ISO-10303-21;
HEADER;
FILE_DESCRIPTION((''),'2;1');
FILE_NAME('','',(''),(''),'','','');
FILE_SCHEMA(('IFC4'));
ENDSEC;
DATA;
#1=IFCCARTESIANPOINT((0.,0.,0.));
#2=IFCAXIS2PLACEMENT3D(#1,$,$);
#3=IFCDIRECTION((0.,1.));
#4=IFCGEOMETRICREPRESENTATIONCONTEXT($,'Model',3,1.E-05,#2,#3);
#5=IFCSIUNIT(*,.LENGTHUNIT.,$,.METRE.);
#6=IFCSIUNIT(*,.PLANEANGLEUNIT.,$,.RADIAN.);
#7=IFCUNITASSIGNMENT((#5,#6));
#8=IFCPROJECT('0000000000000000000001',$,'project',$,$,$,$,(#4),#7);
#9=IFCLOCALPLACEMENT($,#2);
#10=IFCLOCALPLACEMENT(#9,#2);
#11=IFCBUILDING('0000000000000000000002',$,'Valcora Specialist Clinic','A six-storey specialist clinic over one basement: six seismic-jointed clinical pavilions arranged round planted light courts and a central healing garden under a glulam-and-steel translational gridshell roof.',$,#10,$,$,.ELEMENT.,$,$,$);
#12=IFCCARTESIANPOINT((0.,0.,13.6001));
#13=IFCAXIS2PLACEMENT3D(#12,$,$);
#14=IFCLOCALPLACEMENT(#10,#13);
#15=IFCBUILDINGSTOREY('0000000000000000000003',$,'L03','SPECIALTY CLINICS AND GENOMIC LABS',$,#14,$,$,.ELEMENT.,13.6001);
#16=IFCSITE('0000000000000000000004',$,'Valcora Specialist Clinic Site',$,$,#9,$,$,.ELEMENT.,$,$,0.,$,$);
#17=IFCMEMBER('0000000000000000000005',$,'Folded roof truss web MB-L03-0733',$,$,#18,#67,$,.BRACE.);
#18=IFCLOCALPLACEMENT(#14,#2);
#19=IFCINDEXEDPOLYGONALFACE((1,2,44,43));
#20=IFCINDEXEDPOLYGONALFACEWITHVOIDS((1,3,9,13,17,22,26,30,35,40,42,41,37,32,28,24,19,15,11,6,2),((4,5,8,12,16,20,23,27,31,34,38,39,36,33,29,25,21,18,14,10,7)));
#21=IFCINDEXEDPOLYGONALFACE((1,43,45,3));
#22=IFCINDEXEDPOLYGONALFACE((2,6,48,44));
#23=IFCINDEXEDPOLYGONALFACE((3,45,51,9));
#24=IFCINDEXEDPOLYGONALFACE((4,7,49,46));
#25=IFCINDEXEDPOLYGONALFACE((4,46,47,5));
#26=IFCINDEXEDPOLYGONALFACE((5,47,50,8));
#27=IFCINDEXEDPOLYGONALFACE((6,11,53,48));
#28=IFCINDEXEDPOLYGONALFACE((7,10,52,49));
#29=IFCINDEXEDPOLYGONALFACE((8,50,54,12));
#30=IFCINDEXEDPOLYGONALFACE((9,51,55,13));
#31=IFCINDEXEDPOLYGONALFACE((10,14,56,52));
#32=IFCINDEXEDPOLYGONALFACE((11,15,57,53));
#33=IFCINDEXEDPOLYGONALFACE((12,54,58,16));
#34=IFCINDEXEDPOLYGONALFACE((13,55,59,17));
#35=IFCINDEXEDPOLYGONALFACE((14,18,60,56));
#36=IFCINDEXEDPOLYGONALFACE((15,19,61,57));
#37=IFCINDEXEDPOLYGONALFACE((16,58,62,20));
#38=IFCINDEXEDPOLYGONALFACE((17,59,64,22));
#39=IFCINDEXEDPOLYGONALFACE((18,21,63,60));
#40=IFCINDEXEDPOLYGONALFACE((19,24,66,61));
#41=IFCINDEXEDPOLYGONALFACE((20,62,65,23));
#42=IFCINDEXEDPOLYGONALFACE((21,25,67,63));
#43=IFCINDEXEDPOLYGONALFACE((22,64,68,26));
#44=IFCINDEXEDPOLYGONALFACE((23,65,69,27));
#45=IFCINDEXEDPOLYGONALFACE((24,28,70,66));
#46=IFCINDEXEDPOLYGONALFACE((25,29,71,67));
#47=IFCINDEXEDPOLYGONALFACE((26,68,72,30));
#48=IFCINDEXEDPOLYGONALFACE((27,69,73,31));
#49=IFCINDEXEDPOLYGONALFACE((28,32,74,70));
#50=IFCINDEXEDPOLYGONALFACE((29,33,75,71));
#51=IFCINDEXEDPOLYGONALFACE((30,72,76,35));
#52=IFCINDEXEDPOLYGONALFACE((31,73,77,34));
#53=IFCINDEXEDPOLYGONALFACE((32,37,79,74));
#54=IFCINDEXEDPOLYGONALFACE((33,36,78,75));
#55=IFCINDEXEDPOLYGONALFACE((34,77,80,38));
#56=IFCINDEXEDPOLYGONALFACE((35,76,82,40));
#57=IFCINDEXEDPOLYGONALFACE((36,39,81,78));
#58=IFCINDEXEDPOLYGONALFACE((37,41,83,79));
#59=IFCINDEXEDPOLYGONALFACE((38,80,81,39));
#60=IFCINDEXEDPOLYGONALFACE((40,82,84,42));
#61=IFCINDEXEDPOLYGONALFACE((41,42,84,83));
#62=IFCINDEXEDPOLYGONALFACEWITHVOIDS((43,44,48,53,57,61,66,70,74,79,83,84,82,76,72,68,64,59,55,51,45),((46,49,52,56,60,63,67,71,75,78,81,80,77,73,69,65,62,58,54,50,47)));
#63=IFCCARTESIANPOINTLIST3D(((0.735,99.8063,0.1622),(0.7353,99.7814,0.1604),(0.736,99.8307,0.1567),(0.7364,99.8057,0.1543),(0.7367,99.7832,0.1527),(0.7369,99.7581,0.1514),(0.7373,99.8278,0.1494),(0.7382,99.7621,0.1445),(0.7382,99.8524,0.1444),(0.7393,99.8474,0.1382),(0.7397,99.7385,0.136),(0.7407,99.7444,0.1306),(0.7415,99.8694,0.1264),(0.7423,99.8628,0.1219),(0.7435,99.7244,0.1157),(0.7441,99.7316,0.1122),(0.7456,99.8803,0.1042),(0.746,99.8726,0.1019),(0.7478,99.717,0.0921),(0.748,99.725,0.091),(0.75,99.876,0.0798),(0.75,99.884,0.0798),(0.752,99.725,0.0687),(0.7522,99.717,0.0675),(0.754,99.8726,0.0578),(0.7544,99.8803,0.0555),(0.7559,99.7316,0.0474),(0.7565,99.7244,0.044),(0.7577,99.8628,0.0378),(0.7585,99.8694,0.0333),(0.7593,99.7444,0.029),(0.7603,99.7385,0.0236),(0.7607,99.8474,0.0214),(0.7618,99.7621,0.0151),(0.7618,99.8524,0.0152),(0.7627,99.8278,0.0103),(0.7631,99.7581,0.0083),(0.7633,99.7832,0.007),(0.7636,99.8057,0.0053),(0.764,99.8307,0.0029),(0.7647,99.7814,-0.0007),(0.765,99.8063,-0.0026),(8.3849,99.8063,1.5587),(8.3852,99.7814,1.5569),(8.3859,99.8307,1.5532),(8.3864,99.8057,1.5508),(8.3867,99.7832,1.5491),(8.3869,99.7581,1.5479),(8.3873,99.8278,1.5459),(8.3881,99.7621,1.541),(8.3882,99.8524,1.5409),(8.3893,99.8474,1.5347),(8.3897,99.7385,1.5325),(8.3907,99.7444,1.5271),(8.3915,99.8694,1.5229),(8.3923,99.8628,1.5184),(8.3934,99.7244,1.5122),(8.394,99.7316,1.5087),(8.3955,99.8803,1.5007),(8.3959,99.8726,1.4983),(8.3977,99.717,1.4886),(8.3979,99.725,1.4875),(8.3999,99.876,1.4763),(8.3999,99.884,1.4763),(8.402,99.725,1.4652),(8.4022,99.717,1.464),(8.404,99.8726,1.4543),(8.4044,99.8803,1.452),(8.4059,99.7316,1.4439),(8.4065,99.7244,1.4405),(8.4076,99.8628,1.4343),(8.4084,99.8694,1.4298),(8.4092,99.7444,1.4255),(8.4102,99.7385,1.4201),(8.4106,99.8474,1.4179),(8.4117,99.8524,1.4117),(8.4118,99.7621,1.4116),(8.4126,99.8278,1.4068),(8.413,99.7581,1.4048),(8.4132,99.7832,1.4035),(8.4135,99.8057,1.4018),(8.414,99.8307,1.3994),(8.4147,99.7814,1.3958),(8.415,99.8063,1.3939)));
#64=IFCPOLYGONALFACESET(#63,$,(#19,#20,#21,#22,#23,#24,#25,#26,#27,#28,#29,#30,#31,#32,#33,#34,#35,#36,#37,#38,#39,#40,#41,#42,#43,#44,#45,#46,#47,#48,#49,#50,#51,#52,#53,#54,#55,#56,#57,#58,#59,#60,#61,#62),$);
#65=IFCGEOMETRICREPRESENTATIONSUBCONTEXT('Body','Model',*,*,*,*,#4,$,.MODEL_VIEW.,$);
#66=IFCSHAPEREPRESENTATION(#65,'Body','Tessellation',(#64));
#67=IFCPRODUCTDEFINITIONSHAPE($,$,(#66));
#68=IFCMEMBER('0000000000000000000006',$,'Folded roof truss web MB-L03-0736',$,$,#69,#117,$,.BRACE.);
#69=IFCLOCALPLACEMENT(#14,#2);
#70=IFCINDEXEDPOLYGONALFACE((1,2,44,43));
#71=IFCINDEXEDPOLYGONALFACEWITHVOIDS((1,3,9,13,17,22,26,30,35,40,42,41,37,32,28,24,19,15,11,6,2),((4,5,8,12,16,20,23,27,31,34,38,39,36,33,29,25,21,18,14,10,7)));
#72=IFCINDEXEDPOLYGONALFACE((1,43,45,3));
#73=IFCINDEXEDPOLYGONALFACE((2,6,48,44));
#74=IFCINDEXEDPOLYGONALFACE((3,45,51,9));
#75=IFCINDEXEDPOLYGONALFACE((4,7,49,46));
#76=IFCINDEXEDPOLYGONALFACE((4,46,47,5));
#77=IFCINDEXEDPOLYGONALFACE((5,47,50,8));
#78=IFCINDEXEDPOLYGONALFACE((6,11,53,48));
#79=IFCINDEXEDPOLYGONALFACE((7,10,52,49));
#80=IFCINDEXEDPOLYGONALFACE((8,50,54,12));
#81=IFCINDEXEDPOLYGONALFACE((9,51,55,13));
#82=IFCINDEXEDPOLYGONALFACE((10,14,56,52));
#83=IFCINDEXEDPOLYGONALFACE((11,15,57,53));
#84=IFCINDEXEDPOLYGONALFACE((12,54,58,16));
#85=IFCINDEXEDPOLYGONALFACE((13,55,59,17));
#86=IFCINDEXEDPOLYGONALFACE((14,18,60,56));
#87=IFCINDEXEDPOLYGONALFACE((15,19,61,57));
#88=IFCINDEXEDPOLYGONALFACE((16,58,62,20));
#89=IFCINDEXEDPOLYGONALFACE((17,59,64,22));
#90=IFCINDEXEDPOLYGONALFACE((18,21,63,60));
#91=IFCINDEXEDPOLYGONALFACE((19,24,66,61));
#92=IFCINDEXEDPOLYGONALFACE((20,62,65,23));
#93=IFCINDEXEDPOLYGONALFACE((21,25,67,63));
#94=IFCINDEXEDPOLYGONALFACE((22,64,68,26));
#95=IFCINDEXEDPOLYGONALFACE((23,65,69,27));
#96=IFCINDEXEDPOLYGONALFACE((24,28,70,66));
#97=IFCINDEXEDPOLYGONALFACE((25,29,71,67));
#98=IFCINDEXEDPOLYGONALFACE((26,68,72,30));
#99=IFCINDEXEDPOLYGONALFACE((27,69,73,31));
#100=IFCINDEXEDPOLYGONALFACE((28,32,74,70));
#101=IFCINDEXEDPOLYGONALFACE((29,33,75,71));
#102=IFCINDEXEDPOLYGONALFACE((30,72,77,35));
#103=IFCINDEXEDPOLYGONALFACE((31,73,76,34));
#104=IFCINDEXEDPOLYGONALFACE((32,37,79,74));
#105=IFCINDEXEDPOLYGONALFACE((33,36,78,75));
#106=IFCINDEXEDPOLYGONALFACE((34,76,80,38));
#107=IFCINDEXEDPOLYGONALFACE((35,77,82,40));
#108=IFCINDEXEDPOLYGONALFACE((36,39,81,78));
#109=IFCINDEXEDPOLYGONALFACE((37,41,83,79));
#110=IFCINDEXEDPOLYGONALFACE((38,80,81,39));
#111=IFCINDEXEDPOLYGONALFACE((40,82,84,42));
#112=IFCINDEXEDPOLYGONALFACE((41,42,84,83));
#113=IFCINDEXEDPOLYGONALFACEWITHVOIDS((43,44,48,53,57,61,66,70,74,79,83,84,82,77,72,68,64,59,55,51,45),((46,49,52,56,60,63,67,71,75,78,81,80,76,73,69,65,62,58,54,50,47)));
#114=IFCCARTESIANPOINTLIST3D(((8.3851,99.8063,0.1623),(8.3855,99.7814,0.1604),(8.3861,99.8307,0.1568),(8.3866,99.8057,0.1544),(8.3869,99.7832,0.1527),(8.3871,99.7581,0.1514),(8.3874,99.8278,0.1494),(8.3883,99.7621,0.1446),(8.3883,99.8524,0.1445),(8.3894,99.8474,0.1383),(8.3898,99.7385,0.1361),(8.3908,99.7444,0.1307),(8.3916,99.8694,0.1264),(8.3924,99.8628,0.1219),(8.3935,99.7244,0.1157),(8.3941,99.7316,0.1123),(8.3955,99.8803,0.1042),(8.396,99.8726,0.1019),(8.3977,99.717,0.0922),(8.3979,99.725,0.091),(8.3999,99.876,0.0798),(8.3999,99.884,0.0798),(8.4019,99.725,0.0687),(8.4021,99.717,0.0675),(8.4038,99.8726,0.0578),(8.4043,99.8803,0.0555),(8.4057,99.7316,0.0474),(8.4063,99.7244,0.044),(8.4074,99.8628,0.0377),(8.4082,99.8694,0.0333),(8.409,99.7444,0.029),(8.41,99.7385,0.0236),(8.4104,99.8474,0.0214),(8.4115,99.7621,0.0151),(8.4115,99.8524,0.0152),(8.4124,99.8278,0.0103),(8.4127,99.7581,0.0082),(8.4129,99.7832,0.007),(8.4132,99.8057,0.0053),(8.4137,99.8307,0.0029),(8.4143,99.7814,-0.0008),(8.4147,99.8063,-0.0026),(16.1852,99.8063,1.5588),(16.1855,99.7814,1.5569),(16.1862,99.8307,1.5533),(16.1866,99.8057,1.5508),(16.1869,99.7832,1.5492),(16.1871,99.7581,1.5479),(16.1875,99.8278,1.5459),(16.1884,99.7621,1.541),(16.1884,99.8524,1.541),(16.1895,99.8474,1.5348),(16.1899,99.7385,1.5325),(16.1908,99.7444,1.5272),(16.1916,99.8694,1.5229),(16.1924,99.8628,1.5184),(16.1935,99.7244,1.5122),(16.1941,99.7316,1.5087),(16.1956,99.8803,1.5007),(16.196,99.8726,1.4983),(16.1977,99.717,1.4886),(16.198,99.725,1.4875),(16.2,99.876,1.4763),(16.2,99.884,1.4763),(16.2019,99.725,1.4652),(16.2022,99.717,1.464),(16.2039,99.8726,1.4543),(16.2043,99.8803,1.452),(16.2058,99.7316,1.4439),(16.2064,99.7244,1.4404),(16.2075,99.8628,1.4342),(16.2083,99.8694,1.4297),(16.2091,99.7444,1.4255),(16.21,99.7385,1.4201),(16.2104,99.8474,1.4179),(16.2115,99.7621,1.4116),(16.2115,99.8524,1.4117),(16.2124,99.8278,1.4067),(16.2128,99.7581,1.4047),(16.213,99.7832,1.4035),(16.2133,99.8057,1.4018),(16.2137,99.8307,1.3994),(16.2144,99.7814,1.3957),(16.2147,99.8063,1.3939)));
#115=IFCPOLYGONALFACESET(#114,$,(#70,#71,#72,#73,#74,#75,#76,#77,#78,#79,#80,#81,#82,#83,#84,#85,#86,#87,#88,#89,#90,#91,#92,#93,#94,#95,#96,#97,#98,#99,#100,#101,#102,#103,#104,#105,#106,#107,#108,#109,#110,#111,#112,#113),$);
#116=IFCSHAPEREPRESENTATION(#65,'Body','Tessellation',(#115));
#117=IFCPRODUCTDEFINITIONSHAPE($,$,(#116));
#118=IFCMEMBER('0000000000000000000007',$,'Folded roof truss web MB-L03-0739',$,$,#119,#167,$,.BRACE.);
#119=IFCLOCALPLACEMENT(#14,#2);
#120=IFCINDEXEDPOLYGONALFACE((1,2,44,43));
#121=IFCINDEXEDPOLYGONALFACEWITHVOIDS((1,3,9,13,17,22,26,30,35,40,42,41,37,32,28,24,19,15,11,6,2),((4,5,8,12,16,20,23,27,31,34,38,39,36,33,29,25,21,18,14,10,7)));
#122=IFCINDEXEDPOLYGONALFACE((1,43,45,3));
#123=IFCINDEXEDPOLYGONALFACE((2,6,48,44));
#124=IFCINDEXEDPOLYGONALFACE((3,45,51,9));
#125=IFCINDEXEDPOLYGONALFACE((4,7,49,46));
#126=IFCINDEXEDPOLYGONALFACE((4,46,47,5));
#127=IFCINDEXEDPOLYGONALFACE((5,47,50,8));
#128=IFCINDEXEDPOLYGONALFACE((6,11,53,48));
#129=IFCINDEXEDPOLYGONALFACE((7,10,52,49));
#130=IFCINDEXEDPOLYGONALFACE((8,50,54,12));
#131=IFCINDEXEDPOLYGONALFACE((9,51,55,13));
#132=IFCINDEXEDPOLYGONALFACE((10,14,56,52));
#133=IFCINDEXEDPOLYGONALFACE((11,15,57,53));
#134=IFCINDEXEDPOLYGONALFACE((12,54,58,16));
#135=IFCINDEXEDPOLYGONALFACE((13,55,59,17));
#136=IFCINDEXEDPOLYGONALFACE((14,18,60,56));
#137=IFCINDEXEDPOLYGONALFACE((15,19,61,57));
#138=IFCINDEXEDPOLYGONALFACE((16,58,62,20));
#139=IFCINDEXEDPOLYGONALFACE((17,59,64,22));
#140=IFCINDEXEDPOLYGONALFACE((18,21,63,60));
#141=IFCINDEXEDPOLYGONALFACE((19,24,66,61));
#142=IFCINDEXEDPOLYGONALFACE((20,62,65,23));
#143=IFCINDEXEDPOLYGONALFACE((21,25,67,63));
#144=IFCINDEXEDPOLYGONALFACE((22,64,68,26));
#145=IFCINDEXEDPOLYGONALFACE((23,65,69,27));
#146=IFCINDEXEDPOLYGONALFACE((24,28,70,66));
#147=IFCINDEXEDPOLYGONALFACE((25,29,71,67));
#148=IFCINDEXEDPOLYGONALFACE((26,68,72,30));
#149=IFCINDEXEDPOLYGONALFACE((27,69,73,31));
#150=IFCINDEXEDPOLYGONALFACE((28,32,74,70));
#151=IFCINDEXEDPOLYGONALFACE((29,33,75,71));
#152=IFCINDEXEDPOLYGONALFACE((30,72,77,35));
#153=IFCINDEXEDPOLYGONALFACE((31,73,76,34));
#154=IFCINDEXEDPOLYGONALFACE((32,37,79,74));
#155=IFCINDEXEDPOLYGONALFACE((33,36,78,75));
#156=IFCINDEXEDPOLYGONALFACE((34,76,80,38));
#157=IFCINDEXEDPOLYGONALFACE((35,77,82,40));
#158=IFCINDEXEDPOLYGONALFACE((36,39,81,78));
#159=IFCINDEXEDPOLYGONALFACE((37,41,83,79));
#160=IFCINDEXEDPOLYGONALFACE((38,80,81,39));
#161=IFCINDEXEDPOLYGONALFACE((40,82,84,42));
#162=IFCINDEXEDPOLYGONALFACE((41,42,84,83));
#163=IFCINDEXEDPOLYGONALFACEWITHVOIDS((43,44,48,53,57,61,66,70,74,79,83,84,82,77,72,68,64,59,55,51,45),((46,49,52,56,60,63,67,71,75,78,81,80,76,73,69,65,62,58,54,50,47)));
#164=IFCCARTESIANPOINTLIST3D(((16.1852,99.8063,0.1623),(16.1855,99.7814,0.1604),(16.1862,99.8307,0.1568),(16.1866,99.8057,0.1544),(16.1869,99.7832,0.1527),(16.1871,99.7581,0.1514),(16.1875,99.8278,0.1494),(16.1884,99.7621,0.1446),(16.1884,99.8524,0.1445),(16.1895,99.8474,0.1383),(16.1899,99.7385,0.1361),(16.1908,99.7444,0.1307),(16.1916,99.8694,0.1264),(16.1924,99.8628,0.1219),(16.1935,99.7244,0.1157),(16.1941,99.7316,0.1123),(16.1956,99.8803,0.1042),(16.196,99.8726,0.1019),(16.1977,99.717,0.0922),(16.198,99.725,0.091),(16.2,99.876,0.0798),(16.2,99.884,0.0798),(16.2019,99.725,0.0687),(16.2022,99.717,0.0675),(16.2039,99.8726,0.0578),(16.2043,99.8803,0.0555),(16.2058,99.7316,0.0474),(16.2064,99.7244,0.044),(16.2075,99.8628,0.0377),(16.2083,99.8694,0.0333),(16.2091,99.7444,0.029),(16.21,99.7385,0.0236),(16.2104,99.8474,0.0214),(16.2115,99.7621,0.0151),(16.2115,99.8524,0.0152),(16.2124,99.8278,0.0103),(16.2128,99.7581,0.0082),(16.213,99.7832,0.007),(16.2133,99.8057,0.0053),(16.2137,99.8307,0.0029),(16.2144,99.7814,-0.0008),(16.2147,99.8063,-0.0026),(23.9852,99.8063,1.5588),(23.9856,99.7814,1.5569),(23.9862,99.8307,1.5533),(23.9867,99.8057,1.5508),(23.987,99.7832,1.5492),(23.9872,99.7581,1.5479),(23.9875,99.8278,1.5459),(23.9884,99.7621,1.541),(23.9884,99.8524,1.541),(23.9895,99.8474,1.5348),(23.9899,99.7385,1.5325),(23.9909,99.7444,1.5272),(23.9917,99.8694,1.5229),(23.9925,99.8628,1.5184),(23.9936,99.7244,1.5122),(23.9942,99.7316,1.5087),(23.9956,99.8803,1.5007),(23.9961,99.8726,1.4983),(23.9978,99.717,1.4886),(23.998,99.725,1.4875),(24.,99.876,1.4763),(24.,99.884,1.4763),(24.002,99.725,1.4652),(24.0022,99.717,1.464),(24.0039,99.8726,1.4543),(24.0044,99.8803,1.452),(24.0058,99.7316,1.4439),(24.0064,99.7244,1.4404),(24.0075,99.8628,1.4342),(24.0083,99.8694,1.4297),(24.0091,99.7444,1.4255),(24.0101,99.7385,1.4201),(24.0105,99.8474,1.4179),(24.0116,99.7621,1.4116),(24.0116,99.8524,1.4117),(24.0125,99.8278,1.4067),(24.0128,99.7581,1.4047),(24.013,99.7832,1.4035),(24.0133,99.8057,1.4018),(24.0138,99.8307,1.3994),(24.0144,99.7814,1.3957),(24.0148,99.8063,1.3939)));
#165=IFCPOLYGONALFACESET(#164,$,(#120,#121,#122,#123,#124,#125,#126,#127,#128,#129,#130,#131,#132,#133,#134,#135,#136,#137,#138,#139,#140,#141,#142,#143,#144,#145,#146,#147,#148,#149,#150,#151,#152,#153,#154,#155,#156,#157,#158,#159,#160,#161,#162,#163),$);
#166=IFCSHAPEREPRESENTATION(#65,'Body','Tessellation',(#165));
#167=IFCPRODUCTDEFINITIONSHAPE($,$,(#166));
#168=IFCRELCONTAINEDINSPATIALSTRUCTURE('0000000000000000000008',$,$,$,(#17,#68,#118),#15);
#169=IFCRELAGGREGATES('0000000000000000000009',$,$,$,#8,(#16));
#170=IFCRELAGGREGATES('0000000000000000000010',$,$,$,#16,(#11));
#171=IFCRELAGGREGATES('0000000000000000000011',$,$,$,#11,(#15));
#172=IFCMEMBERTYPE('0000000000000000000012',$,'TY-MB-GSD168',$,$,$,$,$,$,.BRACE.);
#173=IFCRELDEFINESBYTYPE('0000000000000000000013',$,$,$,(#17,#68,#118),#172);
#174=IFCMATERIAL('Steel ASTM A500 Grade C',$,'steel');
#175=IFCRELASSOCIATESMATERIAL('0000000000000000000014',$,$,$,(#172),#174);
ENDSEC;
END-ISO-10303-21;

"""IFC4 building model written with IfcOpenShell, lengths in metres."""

from ifc_helpers import new_model, si_unit, direction, frame, origin, origin_2d, place, context, subcontext, project, spatial, hollow_circle, extrude, material, material_profile, profile_set, type_object, element, save


model = new_model("IFC4")

# Units and contexts
model_context = context("Model", 3, precision=1e-05, world=origin(), true_north=direction((0.0, 1.0)))
body_context = subcontext(model_context, "Body", "Model", "MODEL_VIEW")
ifc_project = project(units=[si_unit("LENGTHUNIT", "METRE"), si_unit("PLANEANGLEUNIT", "RADIAN")], contexts=[model_context])

# Site, building, storey
site_placement = place(None, origin())
site = spatial("IfcSite", under=ifc_project, at=site_placement, Name="Valcora Specialist Clinic Site", CompositionType="ELEMENT", RefElevation=0.0)
building_placement = place(site_placement, origin())
building = spatial("IfcBuilding", under=site, at=building_placement, Name="Valcora Specialist Clinic", Description="A six-storey specialist clinic over one basement: six seismic-jointed clinical pavilions arranged round planted light courts and a central healing garden under a glulam-and-steel translational gridshell roof.", CompositionType="ELEMENT")
storey_placement = place(building_placement, frame((0.0, 0.0, 13.6001)))
storey = spatial("IfcBuildingStorey", under=building, at=storey_placement, Name="L03", Description="SPECIALTY CLINICS AND GENOMIC LABS", CompositionType="ELEMENT", Elevation=13.6001)

# Shared definitions
ifc_material_1 = material(Name="Steel ASTM A500 Grade C", Category="steel")

# Members
ifc_material_profile_1 = material_profile(ifc_material_1, hollow_circle(Radius=0.084, WallThickness=0.0081, at=origin_2d()), Name="ST-CHS-168X8")
ifc_profile_set_1 = profile_set([ifc_material_profile_1], Name="Steel ASTM A500 Grade C")
member_type_1 = type_object("IfcMemberType", Name="TY-MB-GSD168", PredefinedType="BRACE", material=ifc_profile_set_1)
member_1_placement = place(storey_placement, frame((0.75, 99.8, 0.0798), z_axis=(0.983743, 0.0, 0.179582), x_axis=(0.0, 1.0, 0.0)))
element("IfcMember", 1, at=member_1_placement, inside=storey, type_object=member_type_1, Name="Folded roof truss web MB-L03-0733", PredefinedType="BRACE", context=body_context, shape_type="SweptSolid", body=[
    extrude(hollow_circle(Radius=0.084, WallThickness=0.0081, at=origin_2d()), origin(), (0.0, 0.0, 1.0), 7.7764),
])
for number, where, z_axis, x_axis, name in (
    (2, (8.3999, 99.8, 0.0798), (0.984348, 0.0, 0.176233), (0.0, 1.0, 0.0), "Folded roof truss web MB-L03-0736"),
    (3, (16.2, 99.8, 0.0798), (0.984348, 0.0, 0.176233), (0.0, 1.0, 0.0), "Folded roof truss web MB-L03-0739"),
):
    element("IfcMember", number, at=place(storey_placement, frame(where, z_axis=z_axis, x_axis=x_axis)), inside=storey, type_object=member_type_1, Name=name, PredefinedType="BRACE", context=body_context, shape_type="SweptSolid", body=[
        extrude(hollow_circle(Radius=0.084, WallThickness=0.0081, at=origin_2d()), origin(), (0.0, 0.0, 1.0), 7.9241),
    ])

save(model, "model.ifc")
